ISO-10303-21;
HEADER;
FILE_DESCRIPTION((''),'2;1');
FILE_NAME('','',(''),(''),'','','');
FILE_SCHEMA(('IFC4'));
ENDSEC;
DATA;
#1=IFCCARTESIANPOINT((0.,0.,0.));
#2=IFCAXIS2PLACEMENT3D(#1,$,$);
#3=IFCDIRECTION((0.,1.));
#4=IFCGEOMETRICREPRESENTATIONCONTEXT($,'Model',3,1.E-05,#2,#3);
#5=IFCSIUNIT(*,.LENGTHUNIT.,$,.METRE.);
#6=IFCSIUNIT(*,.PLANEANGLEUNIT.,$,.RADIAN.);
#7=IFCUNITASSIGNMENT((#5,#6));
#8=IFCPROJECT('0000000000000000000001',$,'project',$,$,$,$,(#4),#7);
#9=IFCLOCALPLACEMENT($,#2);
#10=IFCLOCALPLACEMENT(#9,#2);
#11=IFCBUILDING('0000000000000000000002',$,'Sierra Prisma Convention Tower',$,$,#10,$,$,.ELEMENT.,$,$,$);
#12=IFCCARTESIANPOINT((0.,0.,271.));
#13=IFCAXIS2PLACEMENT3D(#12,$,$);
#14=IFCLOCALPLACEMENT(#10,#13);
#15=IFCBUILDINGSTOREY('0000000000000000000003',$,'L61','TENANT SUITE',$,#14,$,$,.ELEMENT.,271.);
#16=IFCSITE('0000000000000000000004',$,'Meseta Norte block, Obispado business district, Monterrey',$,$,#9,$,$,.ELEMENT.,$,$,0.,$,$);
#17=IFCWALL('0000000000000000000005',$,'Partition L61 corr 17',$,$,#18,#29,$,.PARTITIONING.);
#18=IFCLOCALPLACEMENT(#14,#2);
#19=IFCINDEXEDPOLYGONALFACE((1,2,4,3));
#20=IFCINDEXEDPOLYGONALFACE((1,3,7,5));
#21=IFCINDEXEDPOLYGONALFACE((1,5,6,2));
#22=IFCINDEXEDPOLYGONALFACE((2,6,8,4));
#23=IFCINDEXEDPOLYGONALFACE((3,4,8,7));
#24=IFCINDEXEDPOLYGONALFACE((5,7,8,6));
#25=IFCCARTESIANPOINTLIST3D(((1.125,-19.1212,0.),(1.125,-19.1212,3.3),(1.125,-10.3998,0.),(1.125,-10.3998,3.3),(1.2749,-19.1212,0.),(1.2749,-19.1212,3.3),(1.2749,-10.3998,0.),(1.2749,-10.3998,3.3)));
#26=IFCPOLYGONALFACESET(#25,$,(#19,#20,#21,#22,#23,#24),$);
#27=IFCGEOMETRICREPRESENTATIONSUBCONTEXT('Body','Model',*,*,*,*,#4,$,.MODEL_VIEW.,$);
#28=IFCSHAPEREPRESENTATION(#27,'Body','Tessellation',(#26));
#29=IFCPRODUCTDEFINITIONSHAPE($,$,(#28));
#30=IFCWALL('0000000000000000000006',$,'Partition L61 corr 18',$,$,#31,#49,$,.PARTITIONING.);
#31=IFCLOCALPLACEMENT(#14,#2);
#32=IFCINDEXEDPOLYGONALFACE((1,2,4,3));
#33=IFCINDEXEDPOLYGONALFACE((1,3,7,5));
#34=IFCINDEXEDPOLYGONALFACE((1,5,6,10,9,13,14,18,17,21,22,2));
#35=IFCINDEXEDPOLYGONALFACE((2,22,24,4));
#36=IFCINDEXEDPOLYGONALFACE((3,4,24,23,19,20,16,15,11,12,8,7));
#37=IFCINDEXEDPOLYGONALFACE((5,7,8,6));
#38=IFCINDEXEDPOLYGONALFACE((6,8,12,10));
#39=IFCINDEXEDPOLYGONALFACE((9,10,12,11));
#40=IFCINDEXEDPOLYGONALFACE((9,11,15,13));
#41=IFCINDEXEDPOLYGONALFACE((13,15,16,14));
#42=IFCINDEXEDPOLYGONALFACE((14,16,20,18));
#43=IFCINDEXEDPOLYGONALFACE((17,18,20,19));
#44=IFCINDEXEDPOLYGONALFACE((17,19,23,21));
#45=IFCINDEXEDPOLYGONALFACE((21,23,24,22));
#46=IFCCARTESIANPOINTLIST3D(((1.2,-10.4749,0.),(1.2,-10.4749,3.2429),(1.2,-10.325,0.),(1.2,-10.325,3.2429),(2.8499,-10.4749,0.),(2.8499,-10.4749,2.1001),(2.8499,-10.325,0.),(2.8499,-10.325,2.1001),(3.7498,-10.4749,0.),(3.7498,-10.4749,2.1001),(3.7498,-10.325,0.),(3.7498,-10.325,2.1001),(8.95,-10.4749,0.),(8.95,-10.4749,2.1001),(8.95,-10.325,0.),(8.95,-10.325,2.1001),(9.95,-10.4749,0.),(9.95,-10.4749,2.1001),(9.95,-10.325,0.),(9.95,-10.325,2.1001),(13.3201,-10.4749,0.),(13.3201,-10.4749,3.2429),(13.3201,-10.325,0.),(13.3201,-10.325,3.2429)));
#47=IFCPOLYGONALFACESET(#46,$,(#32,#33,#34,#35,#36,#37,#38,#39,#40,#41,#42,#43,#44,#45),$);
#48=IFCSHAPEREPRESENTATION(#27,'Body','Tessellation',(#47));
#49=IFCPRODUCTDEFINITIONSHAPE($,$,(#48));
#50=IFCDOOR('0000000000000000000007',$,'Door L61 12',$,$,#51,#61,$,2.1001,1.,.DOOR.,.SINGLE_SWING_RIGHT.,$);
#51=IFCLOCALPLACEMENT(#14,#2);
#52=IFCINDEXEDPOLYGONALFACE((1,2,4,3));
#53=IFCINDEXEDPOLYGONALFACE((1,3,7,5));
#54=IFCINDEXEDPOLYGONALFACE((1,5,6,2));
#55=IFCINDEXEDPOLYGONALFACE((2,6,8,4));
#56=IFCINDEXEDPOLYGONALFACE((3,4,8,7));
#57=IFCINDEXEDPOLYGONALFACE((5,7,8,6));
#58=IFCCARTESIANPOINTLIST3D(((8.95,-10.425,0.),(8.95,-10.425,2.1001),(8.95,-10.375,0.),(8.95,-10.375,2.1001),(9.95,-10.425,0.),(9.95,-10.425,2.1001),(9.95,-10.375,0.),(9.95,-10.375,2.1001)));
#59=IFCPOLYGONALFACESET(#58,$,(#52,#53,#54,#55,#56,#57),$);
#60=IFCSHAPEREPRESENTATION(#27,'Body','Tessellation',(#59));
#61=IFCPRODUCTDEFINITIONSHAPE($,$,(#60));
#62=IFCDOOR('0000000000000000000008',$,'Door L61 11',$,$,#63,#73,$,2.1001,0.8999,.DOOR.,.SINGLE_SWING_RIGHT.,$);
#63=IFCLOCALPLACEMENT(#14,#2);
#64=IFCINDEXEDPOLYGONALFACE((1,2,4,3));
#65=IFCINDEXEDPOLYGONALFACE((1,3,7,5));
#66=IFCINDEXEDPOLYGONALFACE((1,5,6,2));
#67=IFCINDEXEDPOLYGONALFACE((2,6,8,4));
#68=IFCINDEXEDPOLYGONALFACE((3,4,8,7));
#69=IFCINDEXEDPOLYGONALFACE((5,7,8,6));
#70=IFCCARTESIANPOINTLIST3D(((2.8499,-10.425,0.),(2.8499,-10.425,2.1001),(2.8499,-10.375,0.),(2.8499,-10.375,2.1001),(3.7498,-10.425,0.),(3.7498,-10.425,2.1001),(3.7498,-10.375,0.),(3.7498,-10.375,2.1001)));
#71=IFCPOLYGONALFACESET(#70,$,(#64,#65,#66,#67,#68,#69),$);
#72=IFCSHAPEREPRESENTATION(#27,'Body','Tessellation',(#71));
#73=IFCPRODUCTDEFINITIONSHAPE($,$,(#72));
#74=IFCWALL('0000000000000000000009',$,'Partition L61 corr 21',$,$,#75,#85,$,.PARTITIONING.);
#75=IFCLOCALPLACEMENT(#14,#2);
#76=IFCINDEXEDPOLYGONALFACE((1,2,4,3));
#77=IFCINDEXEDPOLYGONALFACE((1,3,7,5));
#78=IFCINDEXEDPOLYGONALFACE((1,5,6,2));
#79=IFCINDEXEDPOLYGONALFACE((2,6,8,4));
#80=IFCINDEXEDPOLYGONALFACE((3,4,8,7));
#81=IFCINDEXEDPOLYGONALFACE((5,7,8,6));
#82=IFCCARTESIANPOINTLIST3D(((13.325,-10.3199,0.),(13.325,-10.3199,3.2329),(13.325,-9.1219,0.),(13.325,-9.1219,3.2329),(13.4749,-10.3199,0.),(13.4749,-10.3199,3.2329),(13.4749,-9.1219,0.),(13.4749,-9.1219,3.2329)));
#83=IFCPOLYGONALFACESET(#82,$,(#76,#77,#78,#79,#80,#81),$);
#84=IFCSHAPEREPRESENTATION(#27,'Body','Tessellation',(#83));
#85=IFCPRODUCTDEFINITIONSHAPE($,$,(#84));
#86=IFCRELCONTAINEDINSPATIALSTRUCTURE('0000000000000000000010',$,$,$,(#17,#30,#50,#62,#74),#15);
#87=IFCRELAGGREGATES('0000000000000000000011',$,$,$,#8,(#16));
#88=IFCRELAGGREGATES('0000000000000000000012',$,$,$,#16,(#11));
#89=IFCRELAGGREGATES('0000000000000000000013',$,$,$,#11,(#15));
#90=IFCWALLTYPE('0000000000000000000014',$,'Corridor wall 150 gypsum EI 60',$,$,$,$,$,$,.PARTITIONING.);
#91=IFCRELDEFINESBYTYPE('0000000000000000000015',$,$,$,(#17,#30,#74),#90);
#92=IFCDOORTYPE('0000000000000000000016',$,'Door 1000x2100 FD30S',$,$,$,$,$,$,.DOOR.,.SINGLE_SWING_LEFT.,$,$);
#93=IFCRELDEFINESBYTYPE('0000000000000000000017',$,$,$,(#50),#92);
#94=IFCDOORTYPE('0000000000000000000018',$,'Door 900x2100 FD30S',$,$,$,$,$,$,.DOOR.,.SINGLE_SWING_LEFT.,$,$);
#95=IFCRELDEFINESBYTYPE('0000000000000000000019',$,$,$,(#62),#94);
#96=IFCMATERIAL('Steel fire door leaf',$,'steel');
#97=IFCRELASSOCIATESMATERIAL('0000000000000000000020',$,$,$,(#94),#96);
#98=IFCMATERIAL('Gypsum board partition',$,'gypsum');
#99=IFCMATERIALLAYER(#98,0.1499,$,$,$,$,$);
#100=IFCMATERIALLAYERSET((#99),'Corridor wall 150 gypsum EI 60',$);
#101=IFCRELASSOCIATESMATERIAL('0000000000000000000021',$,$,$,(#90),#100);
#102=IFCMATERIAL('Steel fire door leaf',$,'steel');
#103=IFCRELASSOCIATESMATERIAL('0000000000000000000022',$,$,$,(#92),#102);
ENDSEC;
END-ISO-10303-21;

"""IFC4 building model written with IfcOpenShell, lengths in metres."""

from ifc_helpers import new_model, si_unit, direction, frame, frame_2d, origin, place, context, subcontext, project, spatial, rectangle, extrude, material, layer, layer_set, type_object, element, fill, save


model = new_model("IFC4")

# Units and contexts
model_context = context("Model", 3, precision=1e-05, world=origin(), true_north=direction((0.0, 1.0)))
body_context = subcontext(model_context, "Body", "Model", "MODEL_VIEW")
ifc_project = project(units=[si_unit("LENGTHUNIT", "METRE"), si_unit("PLANEANGLEUNIT", "RADIAN")], contexts=[model_context])

# Site, building, storey
site_placement = place(None, origin())
site = spatial("IfcSite", under=ifc_project, at=site_placement, Name="Meseta Norte block, Obispado business district, Monterrey", CompositionType="ELEMENT", RefElevation=0.0)
building_placement = place(site_placement, origin())
building = spatial("IfcBuilding", under=site, at=building_placement, Name="Sierra Prisma Convention Tower", CompositionType="ELEMENT")
storey_placement = place(building_placement, frame((0.0, 0.0, 271.0)))
storey = spatial("IfcBuildingStorey", under=building, at=storey_placement, Name="L61", Description="TENANT SUITE", CompositionType="ELEMENT", Elevation=271.0)

# Shared definitions
ifc_material_1 = material(Name="Steel fire door leaf", Category="steel")
door_type_1 = type_object("IfcDoorType", Name="Door 900x2100 FD30S", OperationType="SINGLE_SWING_LEFT", PredefinedType="DOOR", material=ifc_material_1)

# Wall
ifc_material_2 = material(Name="Gypsum board partition", Category="gypsum")
ifc_layer_1 = layer(ifc_material_2, 0.1499)
ifc_layer_set_1 = layer_set([ifc_layer_1], Name="Corridor wall 150 gypsum EI 60")
wall_type_1 = type_object("IfcWallType", Name="Corridor wall 150 gypsum EI 60", PredefinedType="PARTITIONING", material=ifc_layer_set_1)
wall_1_placement = place(storey_placement, frame((1.2, -19.1213, 0.0), z_axis=(0.0, 0.0, 1.0), x_axis=(0.0, 1.0, 0.0)))
element("IfcWall", 1, at=wall_1_placement, inside=storey, type_object=wall_type_1, Name="Partition L61 corr 17", PredefinedType="PARTITIONING", context=body_context, shape_type="SweptSolid", body=[
    extrude(rectangle(XDim=8.7214, YDim=0.1499, at=frame_2d((4.3608, 0.0))), origin(), (0.0, 0.0, 1.0), 3.3),
])

# Wall, openings, doors
wall_2_placement = place(storey_placement, frame((1.2, -10.3999, 0.0), z_axis=(0.0, 0.0, 1.0), x_axis=(1.0, 0.0, 0.0)))
wall_2 = element("IfcWall", 2, at=wall_2_placement, inside=storey, type_object=wall_type_1, Name="Partition L61 corr 18", PredefinedType="PARTITIONING", context=body_context, shape_type="SweptSolid", body=[
    extrude(rectangle(XDim=12.1201, YDim=0.1499, at=frame_2d((6.0601, 0.0))), origin(), (0.0, 0.0, 1.0), 3.2429),
])
opening_1_placement = place(wall_2_placement, frame((1.6499, 0.0, 0.0)))
opening_1 = element("IfcOpeningElement", 3, at=opening_1_placement, cuts=wall_2, PredefinedType="OPENING", context=body_context, shape_type="SweptSolid", body=[
    extrude(rectangle(XDim=0.8999, YDim=2.1001, at=frame_2d((0.45, 1.05))), frame((0.0, 0.075, 0.0), z_axis=(0.0, -1.0, 0.0), x_axis=(1.0, 0.0, 0.0)), (0.0, 0.0, 1.0), 0.1499),
])
opening_2_placement = place(wall_2_placement, frame((7.75, 0.0, 0.0)))
opening_2 = element("IfcOpeningElement", 4, at=opening_2_placement, cuts=wall_2, PredefinedType="OPENING", context=body_context, shape_type="SweptSolid", body=[
    extrude(rectangle(XDim=1.0, YDim=2.1001, at=frame_2d((0.5, 1.05))), frame((0.0, 0.075, 0.0), z_axis=(0.0, -1.0, 0.0), x_axis=(1.0, 0.0, 0.0)), (0.0, 0.0, 1.0), 0.1499),
])
ifc_material_3 = material(Name="Steel fire door leaf", Category="steel")
door_type_2 = type_object("IfcDoorType", Name="Door 1000x2100 FD30S", OperationType="SINGLE_SWING_LEFT", PredefinedType="DOOR", material=ifc_material_3)
door_1_placement = place(opening_2_placement, origin())
door_1 = element("IfcDoor", 5, at=door_1_placement, inside=storey, type_object=door_type_2, Name="Door L61 12", OperationType="SINGLE_SWING_RIGHT", OverallHeight=2.1001, OverallWidth=1.0, PredefinedType="DOOR", context=body_context, shape_type="SweptSolid", body=[
    extrude(rectangle(XDim=1.0, YDim=2.1001, at=frame_2d((0.5, 1.05))), frame((0.0, 0.0249, 0.0), z_axis=(0.0, -1.0, 0.0), x_axis=(1.0, 0.0, 0.0)), (0.0, 0.0, 1.0), 0.05),
])
fill(opening_2, door_1)
door_2_placement = place(opening_1_placement, origin())
door_2 = element("IfcDoor", 6, at=door_2_placement, inside=storey, type_object=door_type_1, Name="Door L61 11", OperationType="SINGLE_SWING_RIGHT", OverallHeight=2.1001, OverallWidth=0.8999, PredefinedType="DOOR", context=body_context, shape_type="SweptSolid", body=[
    extrude(rectangle(XDim=0.8999, YDim=2.1001, at=frame_2d((0.45, 1.05))), frame((0.0, 0.0249, 0.0), z_axis=(0.0, -1.0, 0.0), x_axis=(1.0, 0.0, 0.0)), (0.0, 0.0, 1.0), 0.05),
])
fill(opening_1, door_2)

# Wall
wall_3_placement = place(storey_placement, frame((13.3999, -10.3201, 0.0), z_axis=(0.0, 0.0, 1.0), x_axis=(0.0, 1.0, 0.0)))
element("IfcWall", 7, at=wall_3_placement, inside=storey, type_object=wall_type_1, Name="Partition L61 corr 21", PredefinedType="PARTITIONING", context=body_context, shape_type="SweptSolid", body=[
    extrude(rectangle(XDim=1.198, YDim=0.1499, at=frame_2d((0.5991, 0.0))), origin(), (0.0, 0.0, 1.0), 3.2329),
])

save(model, "model.ifc")
